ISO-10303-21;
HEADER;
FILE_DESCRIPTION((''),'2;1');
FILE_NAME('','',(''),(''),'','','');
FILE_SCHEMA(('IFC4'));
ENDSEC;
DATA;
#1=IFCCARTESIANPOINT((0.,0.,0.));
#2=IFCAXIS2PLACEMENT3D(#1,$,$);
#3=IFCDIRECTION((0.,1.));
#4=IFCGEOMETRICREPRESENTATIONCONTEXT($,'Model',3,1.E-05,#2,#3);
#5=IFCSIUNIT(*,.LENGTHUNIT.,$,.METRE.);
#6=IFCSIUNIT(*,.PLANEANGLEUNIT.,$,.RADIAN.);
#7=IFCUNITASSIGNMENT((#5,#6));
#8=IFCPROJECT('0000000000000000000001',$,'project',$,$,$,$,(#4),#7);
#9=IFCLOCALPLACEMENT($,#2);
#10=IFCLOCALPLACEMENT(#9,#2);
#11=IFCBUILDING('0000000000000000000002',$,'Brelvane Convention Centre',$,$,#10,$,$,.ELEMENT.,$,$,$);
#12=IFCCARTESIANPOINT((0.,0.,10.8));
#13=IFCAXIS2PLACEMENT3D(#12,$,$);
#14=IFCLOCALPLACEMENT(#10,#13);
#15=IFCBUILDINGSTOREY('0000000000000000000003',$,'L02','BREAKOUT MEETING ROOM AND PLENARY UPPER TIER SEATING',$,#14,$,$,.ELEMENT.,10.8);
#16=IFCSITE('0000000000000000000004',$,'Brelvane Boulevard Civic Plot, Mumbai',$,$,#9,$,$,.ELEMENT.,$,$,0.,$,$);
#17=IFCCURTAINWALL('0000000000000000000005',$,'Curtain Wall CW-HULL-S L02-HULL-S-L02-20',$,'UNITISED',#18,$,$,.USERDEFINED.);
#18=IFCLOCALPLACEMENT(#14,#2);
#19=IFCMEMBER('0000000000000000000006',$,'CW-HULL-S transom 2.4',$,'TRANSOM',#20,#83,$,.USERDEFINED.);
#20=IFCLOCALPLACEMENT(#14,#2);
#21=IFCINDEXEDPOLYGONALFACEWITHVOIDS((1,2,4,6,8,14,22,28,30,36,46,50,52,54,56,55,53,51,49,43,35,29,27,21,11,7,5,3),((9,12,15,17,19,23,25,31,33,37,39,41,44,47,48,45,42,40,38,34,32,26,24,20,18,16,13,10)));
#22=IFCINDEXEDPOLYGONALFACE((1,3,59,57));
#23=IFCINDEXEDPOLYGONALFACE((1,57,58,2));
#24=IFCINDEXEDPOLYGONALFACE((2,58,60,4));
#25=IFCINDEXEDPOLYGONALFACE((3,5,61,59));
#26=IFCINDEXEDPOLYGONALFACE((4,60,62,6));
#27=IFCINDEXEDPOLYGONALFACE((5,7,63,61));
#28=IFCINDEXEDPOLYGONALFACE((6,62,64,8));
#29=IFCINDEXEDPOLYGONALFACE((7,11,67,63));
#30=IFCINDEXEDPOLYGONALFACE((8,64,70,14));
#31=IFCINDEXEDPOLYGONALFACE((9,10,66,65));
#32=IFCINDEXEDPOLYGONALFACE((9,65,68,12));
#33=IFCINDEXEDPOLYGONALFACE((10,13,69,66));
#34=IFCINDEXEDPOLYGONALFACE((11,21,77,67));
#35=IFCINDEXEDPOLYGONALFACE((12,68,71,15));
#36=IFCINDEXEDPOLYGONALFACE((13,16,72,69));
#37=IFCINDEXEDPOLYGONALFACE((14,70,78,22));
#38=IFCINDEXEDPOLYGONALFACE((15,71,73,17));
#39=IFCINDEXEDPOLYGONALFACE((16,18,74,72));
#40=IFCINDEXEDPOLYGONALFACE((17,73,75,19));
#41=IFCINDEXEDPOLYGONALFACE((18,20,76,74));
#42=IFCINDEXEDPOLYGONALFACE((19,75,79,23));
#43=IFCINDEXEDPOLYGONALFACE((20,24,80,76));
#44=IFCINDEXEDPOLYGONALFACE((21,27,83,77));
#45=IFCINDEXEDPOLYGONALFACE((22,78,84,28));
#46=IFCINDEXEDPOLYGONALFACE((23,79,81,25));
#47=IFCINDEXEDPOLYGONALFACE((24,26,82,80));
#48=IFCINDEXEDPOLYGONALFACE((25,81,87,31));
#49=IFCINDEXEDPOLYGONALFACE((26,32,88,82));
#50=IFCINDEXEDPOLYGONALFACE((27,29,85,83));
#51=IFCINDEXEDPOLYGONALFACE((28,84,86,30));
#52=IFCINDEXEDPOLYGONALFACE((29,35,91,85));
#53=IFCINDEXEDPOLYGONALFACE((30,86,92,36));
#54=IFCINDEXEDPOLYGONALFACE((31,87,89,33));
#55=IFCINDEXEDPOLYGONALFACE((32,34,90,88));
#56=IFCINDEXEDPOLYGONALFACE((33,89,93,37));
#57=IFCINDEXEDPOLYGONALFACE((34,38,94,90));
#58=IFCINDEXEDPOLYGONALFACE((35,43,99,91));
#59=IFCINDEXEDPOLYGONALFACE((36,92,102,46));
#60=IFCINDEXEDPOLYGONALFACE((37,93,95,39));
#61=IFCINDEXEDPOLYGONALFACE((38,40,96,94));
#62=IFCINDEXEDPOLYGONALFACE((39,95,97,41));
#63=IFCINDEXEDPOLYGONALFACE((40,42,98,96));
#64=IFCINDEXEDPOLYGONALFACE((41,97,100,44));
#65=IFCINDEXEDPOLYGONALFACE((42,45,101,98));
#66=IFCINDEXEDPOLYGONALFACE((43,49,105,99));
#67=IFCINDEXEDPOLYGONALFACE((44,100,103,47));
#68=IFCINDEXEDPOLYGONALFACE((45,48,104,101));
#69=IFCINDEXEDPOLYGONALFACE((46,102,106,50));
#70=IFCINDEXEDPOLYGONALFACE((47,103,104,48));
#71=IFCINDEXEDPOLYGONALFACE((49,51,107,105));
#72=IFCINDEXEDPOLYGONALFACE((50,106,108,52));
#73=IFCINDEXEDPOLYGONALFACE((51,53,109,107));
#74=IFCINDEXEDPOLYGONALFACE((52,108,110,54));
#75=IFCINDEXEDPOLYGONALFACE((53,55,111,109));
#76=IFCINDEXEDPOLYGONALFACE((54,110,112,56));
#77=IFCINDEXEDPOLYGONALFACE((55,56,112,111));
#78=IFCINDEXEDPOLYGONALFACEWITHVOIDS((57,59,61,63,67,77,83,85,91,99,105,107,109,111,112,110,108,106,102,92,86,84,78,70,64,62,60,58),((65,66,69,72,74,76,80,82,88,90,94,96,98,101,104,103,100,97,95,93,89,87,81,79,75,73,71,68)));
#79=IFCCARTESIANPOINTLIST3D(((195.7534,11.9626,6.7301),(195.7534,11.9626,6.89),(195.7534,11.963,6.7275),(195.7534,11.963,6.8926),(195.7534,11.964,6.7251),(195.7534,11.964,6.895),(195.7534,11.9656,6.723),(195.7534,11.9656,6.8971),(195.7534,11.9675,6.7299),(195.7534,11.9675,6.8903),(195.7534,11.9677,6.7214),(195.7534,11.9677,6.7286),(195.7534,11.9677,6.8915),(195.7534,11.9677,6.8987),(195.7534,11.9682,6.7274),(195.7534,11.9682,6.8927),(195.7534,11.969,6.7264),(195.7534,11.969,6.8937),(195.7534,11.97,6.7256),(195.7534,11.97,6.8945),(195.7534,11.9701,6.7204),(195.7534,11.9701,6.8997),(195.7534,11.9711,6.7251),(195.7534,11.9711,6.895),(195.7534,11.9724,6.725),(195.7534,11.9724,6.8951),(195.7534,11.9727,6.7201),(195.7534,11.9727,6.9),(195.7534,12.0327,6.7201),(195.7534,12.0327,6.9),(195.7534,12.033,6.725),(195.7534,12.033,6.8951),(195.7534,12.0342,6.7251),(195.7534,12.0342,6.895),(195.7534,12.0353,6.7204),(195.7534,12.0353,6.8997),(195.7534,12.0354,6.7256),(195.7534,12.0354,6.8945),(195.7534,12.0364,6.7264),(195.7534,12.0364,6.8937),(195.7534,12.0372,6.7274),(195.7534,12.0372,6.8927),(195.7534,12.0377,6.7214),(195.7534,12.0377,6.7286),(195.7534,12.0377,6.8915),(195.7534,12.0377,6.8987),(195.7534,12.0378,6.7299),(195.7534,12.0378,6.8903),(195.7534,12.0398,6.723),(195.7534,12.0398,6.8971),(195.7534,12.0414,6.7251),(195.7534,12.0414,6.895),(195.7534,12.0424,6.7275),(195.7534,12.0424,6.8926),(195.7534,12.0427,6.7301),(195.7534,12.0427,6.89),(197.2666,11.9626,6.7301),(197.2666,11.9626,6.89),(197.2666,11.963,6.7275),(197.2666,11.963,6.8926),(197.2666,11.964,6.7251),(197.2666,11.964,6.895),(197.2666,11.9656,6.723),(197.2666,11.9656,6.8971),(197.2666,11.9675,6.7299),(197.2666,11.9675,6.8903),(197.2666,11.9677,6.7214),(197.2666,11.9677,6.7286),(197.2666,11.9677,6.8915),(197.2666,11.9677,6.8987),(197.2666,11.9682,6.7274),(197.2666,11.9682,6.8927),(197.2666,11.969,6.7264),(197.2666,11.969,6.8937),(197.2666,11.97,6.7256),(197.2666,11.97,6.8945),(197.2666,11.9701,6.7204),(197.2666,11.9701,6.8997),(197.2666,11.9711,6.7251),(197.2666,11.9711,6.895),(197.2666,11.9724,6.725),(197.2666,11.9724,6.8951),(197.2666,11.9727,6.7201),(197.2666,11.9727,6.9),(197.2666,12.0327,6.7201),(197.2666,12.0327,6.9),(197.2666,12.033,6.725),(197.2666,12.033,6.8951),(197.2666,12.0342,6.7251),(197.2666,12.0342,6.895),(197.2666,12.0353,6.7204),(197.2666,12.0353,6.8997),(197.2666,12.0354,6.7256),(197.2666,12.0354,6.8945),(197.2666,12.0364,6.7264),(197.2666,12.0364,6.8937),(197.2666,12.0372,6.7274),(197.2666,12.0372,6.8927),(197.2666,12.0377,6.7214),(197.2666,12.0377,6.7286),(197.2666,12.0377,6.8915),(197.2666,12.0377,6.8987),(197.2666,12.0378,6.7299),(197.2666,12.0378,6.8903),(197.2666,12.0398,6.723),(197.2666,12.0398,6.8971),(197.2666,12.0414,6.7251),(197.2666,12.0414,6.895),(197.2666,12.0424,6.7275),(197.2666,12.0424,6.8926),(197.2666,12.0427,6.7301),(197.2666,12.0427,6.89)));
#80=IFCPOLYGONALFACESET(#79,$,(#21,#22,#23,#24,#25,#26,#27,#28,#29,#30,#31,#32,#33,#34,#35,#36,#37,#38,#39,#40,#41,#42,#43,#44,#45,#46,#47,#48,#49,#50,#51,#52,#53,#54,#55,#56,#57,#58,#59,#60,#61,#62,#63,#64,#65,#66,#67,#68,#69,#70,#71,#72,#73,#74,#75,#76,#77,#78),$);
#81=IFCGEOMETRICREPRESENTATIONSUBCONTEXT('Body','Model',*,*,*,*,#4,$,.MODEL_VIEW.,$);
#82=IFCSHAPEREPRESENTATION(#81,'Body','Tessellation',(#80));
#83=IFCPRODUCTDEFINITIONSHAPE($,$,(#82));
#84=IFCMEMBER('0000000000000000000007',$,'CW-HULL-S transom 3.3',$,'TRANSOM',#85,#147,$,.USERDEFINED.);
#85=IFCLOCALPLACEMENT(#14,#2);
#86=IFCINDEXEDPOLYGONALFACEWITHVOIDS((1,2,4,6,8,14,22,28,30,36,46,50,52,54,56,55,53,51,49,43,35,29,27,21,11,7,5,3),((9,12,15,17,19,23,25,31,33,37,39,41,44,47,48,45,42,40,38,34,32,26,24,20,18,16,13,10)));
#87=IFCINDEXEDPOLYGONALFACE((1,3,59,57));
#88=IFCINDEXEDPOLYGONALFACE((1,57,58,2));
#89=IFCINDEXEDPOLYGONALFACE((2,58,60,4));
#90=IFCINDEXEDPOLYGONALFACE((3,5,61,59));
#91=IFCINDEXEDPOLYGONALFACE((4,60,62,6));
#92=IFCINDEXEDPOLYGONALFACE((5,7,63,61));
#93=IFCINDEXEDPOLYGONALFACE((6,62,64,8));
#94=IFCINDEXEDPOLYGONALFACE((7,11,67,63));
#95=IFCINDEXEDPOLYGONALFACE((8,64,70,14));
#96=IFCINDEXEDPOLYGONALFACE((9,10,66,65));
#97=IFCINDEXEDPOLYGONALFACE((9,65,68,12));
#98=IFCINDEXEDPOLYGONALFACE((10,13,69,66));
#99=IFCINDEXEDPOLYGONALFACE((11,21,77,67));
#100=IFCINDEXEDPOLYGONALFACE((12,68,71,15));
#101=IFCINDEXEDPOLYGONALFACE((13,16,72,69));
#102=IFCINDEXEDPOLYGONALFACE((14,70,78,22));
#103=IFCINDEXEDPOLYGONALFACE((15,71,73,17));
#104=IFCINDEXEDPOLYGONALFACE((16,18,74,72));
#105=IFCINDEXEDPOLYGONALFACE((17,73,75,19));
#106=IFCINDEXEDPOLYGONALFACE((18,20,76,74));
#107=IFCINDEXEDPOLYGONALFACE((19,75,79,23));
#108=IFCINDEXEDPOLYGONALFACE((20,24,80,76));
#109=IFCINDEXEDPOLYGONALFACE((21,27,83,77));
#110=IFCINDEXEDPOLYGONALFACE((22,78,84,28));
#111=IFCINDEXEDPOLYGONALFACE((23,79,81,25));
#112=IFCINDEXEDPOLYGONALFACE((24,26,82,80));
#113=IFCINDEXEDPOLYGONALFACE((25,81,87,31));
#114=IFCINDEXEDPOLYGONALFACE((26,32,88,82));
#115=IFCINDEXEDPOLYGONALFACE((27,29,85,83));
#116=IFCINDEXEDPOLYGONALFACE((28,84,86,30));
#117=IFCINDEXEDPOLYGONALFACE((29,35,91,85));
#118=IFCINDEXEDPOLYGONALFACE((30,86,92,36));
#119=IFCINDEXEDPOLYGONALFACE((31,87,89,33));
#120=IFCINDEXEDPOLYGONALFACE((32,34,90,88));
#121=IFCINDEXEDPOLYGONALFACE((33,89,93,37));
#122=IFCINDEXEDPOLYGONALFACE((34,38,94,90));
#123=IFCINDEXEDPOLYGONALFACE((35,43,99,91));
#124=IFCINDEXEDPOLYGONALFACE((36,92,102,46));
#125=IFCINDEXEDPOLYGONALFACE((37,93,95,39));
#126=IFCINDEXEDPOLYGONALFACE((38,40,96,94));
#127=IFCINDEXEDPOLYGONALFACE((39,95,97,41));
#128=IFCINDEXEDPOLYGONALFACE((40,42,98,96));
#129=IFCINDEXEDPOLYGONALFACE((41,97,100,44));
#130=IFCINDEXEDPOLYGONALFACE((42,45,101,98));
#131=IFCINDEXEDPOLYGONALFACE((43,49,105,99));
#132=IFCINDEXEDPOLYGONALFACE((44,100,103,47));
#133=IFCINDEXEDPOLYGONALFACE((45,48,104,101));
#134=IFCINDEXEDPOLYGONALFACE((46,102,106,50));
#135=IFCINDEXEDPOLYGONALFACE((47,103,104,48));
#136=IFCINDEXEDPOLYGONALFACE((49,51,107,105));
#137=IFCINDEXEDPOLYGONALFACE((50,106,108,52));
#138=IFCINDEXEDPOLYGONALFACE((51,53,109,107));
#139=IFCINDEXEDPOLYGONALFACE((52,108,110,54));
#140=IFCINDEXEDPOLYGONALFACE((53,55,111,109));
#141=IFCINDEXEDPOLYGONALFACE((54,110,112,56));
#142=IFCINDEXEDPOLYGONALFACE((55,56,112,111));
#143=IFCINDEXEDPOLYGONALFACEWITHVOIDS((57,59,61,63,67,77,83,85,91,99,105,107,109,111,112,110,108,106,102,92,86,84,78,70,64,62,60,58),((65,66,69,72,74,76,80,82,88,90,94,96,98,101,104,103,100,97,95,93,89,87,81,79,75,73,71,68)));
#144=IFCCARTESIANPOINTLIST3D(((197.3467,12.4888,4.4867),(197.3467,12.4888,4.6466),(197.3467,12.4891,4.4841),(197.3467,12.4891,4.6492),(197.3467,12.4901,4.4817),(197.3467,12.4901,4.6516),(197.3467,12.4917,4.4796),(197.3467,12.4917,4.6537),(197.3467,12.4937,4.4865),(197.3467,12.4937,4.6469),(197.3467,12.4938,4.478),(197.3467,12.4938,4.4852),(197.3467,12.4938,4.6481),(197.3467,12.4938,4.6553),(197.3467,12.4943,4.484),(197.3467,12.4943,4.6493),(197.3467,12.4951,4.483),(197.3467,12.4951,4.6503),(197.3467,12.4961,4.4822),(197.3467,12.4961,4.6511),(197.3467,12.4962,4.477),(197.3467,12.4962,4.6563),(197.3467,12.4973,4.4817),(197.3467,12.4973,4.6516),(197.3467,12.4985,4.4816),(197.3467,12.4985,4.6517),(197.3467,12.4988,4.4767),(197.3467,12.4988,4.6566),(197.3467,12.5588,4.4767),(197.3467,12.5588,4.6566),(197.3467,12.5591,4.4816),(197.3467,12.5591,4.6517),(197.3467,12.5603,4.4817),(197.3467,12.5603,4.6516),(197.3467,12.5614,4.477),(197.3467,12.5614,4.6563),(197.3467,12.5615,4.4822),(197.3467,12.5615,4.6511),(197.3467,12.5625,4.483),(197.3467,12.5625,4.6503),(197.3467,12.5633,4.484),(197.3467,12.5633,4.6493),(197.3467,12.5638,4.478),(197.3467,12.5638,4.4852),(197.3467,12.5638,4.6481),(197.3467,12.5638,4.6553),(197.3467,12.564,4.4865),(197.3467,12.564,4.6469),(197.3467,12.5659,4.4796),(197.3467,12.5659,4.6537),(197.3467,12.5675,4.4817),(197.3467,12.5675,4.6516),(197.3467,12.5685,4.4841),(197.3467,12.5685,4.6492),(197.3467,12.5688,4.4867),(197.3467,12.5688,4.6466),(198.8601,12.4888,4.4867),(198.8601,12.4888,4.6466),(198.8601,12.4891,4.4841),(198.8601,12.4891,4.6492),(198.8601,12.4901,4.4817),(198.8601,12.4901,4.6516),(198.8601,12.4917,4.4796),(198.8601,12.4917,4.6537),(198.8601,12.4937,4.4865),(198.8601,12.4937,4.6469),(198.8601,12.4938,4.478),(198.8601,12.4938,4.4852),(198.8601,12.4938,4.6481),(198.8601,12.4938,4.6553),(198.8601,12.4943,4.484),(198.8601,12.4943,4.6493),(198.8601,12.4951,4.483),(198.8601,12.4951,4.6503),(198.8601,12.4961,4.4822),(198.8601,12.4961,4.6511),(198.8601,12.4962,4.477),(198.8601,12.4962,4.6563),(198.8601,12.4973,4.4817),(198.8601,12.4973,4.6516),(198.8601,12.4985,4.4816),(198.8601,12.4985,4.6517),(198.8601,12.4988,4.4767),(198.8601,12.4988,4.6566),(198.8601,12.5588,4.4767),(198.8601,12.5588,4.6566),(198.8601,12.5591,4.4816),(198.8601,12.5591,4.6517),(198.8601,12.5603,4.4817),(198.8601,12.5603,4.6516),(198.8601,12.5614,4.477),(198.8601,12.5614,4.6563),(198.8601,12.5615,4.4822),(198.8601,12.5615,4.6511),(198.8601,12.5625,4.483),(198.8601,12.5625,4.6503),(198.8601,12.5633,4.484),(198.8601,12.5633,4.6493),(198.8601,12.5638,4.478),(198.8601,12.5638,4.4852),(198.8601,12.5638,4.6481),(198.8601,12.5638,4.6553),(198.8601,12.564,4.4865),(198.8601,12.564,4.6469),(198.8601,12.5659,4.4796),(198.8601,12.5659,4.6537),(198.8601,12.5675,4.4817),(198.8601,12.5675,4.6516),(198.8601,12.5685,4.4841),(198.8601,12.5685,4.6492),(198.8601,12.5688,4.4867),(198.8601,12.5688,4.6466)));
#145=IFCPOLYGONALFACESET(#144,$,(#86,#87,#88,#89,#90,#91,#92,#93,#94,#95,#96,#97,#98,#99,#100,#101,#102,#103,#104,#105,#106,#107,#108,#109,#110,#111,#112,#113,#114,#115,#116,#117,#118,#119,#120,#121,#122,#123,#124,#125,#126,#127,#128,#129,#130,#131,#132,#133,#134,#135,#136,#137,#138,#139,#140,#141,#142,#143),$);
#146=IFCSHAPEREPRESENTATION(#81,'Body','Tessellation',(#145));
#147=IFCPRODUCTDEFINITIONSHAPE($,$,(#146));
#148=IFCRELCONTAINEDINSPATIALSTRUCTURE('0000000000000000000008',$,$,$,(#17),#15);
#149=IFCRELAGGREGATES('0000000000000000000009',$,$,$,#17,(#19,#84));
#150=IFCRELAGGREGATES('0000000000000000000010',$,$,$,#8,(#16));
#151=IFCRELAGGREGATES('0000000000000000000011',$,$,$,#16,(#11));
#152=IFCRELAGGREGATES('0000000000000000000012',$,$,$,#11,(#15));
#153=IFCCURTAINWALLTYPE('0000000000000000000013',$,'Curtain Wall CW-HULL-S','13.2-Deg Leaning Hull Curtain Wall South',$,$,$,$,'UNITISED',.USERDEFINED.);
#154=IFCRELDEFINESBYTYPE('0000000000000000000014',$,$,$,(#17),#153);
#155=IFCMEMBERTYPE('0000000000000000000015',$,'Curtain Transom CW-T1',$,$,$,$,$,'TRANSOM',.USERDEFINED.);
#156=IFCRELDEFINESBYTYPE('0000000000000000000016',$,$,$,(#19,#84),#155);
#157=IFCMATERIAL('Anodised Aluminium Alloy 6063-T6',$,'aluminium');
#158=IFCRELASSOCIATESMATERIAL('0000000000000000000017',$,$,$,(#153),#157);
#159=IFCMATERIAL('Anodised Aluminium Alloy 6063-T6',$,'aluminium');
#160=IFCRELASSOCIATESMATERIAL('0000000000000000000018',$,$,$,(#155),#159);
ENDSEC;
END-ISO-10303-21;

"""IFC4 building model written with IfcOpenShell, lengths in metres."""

from ifc_helpers import new_model, si_unit, direction, frame, origin, origin_2d, place, context, subcontext, project, spatial, hollow_rectangle, extrude, material, material_profile, profile_set, type_object, element, aggregate, save


model = new_model("IFC4")

# Units and contexts
model_context = context("Model", 3, precision=1e-05, world=origin(), true_north=direction((0.0, 1.0)))
body_context = subcontext(model_context, "Body", "Model", "MODEL_VIEW")
ifc_project = project(units=[si_unit("LENGTHUNIT", "METRE"), si_unit("PLANEANGLEUNIT", "RADIAN")], contexts=[model_context])

# Site, building, storey
site_placement = place(None, origin())
site = spatial("IfcSite", under=ifc_project, at=site_placement, Name="Brelvane Boulevard Civic Plot, Mumbai", CompositionType="ELEMENT", RefElevation=0.0)
building_placement = place(site_placement, origin())
building = spatial("IfcBuilding", under=site, at=building_placement, Name="Brelvane Convention Centre", CompositionType="ELEMENT")
storey_placement = place(building_placement, frame((0.0, 0.0, 10.8)))
storey = spatial("IfcBuildingStorey", under=building, at=storey_placement, Name="L02", Description="BREAKOUT MEETING ROOM AND PLENARY UPPER TIER SEATING", CompositionType="ELEMENT", Elevation=10.8)

# Curtain wall, members
ifc_material_1 = material(Name="Anodised Aluminium Alloy 6063-T6", Category="aluminium")
curtain_wall_type = type_object("IfcCurtainWallType", Name="Curtain Wall CW-HULL-S", Description="13.2-Deg Leaning Hull Curtain Wall South", ElementType="UNITISED", PredefinedType="USERDEFINED", material=ifc_material_1)
ifc_material_2 = material(Name="Anodised Aluminium Alloy 6063-T6", Category="aluminium")
ifc_material_profile = material_profile(ifc_material_2, hollow_rectangle(XDim=0.0801, YDim=0.1799, WallThickness=0.0049, InnerFilletRadius=0.0049, OuterFilletRadius=0.01, at=origin_2d()), Name="ALU-T 180x80x5.0")
ifc_profile_set = profile_set([ifc_material_profile], Name="Anodised Aluminium Alloy 6063-T6")
member_type = type_object("IfcMemberType", Name="Curtain Transom CW-T1", ElementType="TRANSOM", PredefinedType="USERDEFINED", material=ifc_profile_set)
curtain_wall_1_placement = place(storey_placement, origin())
curtain_wall_1 = element("IfcCurtainWall", 1, at=curtain_wall_1_placement, inside=storey, type_object=curtain_wall_type, Name="Curtain Wall CW-HULL-S L02-HULL-S-L02-20", ObjectType="UNITISED", PredefinedType="USERDEFINED")
member_1_placement = place(storey_placement, frame((195.7534, 12.0027, 6.8101), z_axis=(1.0, 0.0, 0.0), x_axis=(0.0, 1.0, 0.0)))
member_1 = element("IfcMember", 2, at=member_1_placement, type_object=member_type, Name="CW-HULL-S transom 2.4", ObjectType="TRANSOM", PredefinedType="USERDEFINED", context=body_context, shape_type="SweptSolid", body=[
    extrude(hollow_rectangle(XDim=0.0801, YDim=0.1799, WallThickness=0.0049, InnerFilletRadius=0.0049, OuterFilletRadius=0.01, at=origin_2d()), origin(), (0.0, 0.0, 1.0), 1.5132),
])
member_2_placement = place(storey_placement, frame((197.3467, 12.5288, 4.5667), z_axis=(1.0, 0.0, 0.0), x_axis=(0.0, 1.0, 0.0)))
member_2 = element("IfcMember", 3, at=member_2_placement, type_object=member_type, Name="CW-HULL-S transom 3.3", ObjectType="TRANSOM", PredefinedType="USERDEFINED", context=body_context, shape_type="SweptSolid", body=[
    extrude(hollow_rectangle(XDim=0.0801, YDim=0.1799, WallThickness=0.0049, InnerFilletRadius=0.0049, OuterFilletRadius=0.01, at=origin_2d()), origin(), (0.0, 0.0, 1.0), 1.5134),
])

aggregate(curtain_wall_1, [member_1, member_2])

save(model, "model.ifc")
